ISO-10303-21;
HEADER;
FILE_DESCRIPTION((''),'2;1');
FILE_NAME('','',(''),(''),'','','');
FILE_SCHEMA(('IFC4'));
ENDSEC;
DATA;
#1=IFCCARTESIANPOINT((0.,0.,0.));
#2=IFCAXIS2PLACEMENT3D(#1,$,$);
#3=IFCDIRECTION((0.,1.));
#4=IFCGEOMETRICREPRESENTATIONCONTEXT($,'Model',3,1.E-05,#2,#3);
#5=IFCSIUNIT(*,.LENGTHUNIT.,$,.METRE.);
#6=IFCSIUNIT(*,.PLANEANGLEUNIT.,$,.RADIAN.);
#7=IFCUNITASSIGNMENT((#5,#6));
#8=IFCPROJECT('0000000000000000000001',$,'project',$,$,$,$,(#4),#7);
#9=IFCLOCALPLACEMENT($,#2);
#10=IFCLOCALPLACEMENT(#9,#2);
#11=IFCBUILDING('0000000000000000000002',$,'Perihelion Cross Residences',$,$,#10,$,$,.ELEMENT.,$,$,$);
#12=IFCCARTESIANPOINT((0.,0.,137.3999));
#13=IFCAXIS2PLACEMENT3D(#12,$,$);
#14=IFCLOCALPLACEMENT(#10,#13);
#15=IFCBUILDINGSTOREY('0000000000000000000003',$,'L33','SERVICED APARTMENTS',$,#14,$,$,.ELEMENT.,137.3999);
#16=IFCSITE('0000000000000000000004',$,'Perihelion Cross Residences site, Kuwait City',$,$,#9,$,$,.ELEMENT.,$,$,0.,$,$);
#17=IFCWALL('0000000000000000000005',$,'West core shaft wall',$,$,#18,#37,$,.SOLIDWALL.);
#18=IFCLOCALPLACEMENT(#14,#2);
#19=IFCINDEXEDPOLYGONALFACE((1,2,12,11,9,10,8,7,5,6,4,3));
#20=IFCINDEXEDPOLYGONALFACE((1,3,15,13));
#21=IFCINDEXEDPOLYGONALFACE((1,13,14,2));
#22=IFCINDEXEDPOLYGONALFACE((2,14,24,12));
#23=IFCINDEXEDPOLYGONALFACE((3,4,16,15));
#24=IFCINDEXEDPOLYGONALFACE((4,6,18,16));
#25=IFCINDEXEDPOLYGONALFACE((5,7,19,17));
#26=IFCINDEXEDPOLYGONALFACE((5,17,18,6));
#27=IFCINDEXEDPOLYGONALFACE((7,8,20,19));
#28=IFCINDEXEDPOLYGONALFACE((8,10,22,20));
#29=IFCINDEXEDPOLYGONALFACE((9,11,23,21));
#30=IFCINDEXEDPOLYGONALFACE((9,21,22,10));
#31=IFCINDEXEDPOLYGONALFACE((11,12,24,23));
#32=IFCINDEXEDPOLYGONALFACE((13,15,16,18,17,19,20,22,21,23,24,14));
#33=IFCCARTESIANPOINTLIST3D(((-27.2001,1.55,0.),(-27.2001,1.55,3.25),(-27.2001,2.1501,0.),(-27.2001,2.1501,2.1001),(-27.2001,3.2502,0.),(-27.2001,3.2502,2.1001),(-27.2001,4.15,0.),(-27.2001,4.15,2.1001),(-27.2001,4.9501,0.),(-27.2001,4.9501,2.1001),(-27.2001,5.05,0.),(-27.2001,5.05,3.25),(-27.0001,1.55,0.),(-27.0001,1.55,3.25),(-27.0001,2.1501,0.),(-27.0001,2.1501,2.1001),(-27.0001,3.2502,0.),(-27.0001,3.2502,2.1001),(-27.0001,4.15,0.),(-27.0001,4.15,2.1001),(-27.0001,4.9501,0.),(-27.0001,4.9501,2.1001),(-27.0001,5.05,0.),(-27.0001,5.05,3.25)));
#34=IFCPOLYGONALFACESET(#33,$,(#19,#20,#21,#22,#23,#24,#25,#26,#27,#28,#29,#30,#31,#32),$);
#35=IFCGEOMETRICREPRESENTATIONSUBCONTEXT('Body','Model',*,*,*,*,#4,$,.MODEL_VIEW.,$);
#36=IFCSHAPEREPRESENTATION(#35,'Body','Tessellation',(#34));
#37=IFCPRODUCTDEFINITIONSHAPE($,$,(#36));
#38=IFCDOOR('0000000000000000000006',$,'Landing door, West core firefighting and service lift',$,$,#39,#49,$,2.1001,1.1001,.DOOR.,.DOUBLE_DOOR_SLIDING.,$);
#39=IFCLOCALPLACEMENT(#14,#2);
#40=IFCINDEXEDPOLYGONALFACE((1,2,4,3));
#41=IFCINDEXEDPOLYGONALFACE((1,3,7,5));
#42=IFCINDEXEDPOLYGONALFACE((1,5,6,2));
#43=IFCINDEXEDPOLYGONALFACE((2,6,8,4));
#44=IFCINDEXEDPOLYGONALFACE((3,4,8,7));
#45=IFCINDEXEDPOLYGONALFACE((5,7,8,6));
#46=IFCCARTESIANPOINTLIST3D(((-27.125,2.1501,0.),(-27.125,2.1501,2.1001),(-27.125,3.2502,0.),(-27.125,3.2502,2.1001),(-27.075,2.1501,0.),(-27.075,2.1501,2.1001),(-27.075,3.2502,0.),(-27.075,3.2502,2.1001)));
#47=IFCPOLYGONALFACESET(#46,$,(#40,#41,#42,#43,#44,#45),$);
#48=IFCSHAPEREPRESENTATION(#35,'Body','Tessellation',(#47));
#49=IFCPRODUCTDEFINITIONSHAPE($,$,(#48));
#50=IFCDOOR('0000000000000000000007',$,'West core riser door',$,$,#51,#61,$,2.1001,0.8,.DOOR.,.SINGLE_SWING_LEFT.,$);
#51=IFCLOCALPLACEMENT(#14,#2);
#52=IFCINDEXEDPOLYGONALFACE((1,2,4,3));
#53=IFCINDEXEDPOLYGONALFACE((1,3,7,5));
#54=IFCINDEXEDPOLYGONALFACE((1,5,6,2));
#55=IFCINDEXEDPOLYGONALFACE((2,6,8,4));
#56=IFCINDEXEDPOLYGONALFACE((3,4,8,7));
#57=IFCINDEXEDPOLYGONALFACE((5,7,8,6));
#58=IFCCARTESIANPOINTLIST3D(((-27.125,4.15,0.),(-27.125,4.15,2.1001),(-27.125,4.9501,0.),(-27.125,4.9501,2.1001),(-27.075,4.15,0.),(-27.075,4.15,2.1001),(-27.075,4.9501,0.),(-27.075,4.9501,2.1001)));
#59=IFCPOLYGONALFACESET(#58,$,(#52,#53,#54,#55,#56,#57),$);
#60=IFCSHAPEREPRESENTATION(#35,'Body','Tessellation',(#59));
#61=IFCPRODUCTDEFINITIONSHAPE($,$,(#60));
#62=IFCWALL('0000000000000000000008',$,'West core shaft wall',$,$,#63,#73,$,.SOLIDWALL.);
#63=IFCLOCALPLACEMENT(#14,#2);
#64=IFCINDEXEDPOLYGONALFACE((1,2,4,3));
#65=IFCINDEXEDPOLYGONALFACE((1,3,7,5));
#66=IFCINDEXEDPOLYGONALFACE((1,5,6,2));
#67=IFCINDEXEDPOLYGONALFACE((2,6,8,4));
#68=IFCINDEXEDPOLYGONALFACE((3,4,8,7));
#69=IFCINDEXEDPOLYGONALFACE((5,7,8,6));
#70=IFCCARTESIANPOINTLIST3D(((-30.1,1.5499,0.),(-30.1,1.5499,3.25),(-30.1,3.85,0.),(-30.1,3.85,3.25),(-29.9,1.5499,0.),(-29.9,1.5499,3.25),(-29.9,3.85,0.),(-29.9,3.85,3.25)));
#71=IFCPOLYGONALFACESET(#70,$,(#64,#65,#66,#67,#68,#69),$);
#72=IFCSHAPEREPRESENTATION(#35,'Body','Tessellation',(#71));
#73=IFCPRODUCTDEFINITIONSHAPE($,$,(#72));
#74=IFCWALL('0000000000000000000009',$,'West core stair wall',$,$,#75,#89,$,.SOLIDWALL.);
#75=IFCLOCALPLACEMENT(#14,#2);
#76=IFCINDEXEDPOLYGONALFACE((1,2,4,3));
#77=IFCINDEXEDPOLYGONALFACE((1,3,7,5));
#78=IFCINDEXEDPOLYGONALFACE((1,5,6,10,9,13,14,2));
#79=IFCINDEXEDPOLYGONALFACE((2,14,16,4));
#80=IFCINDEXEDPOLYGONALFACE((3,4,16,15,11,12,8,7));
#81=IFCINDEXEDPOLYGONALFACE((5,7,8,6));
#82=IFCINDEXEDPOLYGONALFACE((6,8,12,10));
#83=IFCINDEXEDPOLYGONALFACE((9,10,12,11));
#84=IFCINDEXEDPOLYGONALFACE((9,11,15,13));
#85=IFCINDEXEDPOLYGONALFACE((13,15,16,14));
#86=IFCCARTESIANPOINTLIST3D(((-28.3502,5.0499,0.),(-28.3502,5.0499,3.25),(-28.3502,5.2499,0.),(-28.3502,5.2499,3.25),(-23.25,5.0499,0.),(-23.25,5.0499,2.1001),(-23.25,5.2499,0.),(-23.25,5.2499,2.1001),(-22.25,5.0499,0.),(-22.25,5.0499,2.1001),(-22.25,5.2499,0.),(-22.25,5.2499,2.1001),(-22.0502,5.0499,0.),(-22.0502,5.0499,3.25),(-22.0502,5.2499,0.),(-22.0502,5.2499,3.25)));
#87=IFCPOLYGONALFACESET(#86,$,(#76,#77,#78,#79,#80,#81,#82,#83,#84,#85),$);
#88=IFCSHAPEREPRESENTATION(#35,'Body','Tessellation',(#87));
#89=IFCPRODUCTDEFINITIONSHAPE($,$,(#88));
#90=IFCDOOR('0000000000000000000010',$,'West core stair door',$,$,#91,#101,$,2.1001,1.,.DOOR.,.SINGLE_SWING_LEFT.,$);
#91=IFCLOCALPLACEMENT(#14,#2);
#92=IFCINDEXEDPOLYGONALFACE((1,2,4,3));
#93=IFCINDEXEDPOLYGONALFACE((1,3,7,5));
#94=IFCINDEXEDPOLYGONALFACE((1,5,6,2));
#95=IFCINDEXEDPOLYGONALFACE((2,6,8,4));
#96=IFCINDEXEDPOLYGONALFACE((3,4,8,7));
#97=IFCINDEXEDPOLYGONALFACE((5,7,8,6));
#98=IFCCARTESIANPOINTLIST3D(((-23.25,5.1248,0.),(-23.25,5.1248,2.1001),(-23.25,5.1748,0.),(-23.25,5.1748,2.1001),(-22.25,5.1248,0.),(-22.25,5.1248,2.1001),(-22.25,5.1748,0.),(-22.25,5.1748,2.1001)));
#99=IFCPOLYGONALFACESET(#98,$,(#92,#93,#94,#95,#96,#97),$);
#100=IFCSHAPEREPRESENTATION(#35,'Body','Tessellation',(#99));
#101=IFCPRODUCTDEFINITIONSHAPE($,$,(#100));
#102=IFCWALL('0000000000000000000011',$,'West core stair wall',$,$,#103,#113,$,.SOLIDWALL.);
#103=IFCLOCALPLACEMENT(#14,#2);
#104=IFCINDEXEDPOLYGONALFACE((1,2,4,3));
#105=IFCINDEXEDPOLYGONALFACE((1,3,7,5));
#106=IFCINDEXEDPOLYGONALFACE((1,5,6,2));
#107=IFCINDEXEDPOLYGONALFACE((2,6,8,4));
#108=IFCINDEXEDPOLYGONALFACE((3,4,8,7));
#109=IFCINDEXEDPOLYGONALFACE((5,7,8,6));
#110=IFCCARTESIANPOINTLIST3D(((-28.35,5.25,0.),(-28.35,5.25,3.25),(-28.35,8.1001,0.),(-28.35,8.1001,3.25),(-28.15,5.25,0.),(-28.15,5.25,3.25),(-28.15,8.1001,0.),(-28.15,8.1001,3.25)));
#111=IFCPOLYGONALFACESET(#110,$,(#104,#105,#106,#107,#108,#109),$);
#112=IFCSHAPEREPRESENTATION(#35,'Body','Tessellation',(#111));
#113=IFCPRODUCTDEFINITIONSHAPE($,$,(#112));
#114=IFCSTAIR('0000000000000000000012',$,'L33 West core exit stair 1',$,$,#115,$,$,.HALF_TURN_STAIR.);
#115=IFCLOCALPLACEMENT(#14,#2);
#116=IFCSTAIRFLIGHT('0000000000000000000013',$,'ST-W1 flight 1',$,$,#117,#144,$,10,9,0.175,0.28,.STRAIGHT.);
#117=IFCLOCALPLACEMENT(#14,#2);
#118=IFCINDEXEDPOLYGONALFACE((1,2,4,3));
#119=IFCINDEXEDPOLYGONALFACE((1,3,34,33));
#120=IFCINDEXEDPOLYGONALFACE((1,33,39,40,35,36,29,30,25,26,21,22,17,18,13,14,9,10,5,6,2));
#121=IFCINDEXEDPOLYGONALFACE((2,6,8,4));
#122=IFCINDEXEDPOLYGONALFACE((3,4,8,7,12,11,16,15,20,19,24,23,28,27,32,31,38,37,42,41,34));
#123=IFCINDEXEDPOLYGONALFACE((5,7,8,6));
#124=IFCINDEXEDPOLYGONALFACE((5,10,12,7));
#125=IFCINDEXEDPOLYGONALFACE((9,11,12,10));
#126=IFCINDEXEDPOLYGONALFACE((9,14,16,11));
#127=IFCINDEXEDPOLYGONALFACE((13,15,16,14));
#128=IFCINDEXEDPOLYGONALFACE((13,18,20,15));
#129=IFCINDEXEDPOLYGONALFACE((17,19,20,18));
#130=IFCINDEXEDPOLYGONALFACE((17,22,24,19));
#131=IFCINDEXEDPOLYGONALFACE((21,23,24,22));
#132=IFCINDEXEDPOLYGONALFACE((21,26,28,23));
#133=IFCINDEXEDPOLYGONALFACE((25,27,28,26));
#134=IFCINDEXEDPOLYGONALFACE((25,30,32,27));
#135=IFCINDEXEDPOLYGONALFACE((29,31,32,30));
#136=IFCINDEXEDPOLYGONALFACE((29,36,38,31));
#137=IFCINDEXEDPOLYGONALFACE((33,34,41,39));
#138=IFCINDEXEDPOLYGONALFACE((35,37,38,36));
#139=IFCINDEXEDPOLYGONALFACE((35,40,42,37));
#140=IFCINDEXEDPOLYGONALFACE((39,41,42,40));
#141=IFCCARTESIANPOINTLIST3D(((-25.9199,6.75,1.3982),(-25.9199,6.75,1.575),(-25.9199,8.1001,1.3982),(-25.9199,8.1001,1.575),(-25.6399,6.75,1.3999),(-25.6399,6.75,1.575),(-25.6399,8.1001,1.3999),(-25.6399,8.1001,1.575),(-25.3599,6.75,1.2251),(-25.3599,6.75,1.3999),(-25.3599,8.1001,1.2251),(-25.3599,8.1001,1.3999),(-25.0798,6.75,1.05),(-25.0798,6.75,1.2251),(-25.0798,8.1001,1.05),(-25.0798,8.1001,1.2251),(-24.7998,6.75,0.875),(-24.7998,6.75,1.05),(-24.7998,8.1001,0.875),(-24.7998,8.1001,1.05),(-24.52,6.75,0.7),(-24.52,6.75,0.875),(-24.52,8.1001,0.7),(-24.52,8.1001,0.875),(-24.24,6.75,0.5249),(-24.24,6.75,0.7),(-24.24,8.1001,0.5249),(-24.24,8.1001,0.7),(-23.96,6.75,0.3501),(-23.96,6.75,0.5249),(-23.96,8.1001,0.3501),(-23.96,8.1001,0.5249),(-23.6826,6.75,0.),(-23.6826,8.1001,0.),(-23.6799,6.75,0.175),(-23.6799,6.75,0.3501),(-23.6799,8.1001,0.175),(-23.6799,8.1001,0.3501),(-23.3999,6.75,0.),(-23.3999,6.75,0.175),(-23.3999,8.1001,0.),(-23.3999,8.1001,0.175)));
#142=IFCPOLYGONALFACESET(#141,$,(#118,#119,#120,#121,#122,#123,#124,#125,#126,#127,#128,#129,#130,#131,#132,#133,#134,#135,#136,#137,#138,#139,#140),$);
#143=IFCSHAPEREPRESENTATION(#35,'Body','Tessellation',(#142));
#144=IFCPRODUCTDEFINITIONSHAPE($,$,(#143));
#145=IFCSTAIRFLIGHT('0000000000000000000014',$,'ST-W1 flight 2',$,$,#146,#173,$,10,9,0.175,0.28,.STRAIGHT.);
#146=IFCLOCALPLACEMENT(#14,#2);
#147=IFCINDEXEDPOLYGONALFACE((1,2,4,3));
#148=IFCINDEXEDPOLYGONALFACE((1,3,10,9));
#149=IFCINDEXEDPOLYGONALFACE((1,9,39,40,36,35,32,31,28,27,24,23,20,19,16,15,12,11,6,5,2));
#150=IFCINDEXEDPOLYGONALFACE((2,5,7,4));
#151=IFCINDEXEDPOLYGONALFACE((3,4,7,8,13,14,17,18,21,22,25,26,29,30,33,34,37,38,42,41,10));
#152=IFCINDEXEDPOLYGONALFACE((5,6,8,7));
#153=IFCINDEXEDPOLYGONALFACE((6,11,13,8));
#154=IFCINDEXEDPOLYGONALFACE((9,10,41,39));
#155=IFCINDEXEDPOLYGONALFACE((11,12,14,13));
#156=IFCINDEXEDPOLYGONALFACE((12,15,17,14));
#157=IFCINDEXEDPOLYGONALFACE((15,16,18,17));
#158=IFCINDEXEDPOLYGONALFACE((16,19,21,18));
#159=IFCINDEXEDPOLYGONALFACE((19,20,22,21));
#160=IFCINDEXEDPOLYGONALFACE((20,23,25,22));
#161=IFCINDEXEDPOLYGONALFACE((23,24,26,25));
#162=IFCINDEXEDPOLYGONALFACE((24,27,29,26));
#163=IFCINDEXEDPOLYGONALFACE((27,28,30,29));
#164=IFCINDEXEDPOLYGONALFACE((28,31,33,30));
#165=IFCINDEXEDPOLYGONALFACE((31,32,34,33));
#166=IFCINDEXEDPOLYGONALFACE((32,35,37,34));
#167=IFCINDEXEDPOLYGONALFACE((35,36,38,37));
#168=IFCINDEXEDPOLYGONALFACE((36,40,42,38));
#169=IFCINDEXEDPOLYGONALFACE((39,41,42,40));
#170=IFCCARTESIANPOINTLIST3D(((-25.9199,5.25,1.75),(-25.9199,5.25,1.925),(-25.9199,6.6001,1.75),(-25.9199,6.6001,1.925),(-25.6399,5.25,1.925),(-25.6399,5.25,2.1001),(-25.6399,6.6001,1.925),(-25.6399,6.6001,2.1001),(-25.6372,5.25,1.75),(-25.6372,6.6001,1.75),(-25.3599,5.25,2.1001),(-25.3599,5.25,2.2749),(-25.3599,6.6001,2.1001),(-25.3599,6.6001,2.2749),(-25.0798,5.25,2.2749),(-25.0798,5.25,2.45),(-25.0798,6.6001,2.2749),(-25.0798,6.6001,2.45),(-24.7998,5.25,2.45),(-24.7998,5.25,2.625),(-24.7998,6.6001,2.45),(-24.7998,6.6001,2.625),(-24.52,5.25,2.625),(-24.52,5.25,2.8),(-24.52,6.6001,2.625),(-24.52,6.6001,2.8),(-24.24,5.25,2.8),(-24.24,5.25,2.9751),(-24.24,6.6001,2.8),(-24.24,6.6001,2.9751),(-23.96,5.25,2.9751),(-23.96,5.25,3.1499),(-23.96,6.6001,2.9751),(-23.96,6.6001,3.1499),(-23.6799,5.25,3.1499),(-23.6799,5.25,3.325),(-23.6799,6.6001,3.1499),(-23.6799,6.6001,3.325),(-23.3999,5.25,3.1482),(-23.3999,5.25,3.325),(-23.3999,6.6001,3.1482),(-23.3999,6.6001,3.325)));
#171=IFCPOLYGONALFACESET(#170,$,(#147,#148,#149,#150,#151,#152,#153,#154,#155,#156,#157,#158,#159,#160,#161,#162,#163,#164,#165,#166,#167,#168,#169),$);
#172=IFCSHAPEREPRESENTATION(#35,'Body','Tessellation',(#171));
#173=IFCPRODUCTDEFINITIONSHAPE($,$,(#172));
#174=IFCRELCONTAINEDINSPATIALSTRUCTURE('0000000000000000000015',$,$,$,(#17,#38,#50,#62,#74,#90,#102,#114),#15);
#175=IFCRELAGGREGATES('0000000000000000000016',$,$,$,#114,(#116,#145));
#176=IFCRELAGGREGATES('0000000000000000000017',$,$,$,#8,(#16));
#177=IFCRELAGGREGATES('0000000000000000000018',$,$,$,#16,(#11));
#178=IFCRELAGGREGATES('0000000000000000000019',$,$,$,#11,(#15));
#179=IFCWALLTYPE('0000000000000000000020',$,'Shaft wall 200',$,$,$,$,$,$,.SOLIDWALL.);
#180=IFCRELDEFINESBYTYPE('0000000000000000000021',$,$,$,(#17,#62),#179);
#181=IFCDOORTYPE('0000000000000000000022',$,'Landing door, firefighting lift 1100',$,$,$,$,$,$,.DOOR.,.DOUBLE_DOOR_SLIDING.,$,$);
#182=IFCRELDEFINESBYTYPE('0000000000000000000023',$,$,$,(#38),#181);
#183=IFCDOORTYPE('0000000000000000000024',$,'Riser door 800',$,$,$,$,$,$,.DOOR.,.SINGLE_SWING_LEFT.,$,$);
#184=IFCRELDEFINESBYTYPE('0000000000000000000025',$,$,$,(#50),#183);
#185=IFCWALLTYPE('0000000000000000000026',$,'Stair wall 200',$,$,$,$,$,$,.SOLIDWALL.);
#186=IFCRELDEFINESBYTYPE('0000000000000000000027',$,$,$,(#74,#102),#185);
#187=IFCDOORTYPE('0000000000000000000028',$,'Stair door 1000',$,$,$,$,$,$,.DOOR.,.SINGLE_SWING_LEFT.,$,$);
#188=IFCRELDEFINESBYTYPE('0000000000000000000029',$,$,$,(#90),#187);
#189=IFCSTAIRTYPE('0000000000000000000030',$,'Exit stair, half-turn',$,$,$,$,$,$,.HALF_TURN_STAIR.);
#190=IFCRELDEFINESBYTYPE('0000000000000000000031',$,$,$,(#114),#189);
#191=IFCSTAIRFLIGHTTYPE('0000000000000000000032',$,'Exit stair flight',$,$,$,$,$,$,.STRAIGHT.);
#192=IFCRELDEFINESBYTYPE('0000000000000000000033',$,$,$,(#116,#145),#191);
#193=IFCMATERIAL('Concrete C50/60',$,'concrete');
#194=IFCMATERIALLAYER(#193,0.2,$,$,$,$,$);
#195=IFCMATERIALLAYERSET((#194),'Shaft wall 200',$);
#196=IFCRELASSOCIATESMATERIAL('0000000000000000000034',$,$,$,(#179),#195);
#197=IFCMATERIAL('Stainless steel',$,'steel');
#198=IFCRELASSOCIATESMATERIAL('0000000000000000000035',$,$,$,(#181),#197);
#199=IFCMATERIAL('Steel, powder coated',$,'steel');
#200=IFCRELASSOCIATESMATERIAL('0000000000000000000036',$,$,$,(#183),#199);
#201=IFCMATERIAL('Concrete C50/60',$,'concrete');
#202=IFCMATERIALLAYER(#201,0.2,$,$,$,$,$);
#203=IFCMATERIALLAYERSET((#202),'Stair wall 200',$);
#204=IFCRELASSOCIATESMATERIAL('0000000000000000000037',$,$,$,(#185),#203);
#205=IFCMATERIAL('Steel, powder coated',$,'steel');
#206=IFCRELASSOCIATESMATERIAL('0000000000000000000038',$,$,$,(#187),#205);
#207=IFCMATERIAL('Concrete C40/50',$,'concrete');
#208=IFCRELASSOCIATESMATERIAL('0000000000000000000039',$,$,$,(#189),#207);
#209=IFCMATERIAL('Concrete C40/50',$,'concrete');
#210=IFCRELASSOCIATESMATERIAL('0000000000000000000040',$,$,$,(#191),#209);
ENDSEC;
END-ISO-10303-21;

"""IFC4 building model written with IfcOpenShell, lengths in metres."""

from ifc_helpers import new_model, si_unit, direction, frame, frame_2d, origin, place, context, subcontext, project, spatial, polyline, rectangle, outline, extrude, material, layer, layer_set, type_object, element, fill, aggregate, save


model = new_model("IFC4")

# Units and contexts
model_context = context("Model", 3, precision=1e-05, world=origin(), true_north=direction((0.0, 1.0)))
body_context = subcontext(model_context, "Body", "Model", "MODEL_VIEW")
ifc_project = project(units=[si_unit("LENGTHUNIT", "METRE"), si_unit("PLANEANGLEUNIT", "RADIAN")], contexts=[model_context])

# Site, building, storey
site_placement = place(None, origin())
site = spatial("IfcSite", under=ifc_project, at=site_placement, Name="Perihelion Cross Residences site, Kuwait City", CompositionType="ELEMENT", RefElevation=0.0)
building_placement = place(site_placement, origin())
building = spatial("IfcBuilding", under=site, at=building_placement, Name="Perihelion Cross Residences", CompositionType="ELEMENT")
storey_placement = place(building_placement, frame((0.0, 0.0, 137.3999)))
storey = spatial("IfcBuildingStorey", under=building, at=storey_placement, Name="L33", Description="SERVICED APARTMENTS", CompositionType="ELEMENT", Elevation=137.3999)

# Shared definitions
ifc_material_1 = material(Name="Concrete C50/60", Category="concrete")
ifc_layer_1 = layer(ifc_material_1, 0.2)
ifc_layer_set_1 = layer_set([ifc_layer_1], Name="Shaft wall 200")
wall_type_1 = type_object("IfcWallType", Name="Shaft wall 200", PredefinedType="SOLIDWALL", material=ifc_layer_set_1)

# Wall, openings, doors
wall_1_placement = place(storey_placement, frame((-27.1001, 1.55, 0.0), z_axis=(0.0, 0.0, 1.0), x_axis=(0.0, 1.0, 0.0)))
wall_1 = element("IfcWall", 1, at=wall_1_placement, inside=storey, type_object=wall_type_1, Name="West core shaft wall", PredefinedType="SOLIDWALL", context=body_context, shape_type="SweptSolid", body=[
    extrude(rectangle(XDim=3.5, YDim=0.2, at=frame_2d((1.75, 0.0))), origin(), (0.0, 0.0, 1.0), 3.25),
])
opening_1_placement = place(wall_1_placement, frame((0.6001, 0.0, 0.0)))
opening_1 = element("IfcOpeningElement", 2, at=opening_1_placement, cuts=wall_1, PredefinedType="OPENING", context=body_context, shape_type="SweptSolid", body=[
    extrude(rectangle(XDim=1.1001, YDim=2.1001, at=frame_2d((0.55, 1.05))), frame((0.0, 0.1099, 0.0), z_axis=(0.0, -1.0, 0.0), x_axis=(1.0, 0.0, 0.0)), (0.0, 0.0, 1.0), 0.22),
])
opening_2_placement = place(wall_1_placement, frame((2.6001, 0.0, 0.0)))
opening_2 = element("IfcOpeningElement", 3, at=opening_2_placement, cuts=wall_1, PredefinedType="OPENING", context=body_context, shape_type="SweptSolid", body=[
    extrude(rectangle(XDim=0.8, YDim=2.1001, at=frame_2d((0.3999, 1.05))), frame((0.0, 0.1099, 0.0), z_axis=(0.0, -1.0, 0.0), x_axis=(1.0, 0.0, 0.0)), (0.0, 0.0, 1.0), 0.22),
])
ifc_material_2 = material(Name="Stainless steel", Category="steel")
door_type_1 = type_object("IfcDoorType", Name="Landing door, firefighting lift 1100", OperationType="DOUBLE_DOOR_SLIDING", PredefinedType="DOOR", material=ifc_material_2)
door_1_placement = place(opening_1_placement, origin())
door_1 = element("IfcDoor", 4, at=door_1_placement, inside=storey, type_object=door_type_1, Name="Landing door, West core firefighting and service lift", OperationType="DOUBLE_DOOR_SLIDING", OverallHeight=2.1001, OverallWidth=1.1001, PredefinedType="DOOR", context=body_context, shape_type="SweptSolid", body=[
    extrude(rectangle(XDim=1.1001, YDim=2.1001, at=frame_2d((0.55, 1.05))), frame((0.0, 0.0249, 0.0), z_axis=(0.0, -1.0, 0.0), x_axis=(1.0, 0.0, 0.0)), (0.0, 0.0, 1.0), 0.05),
])
fill(opening_1, door_1)
ifc_material_3 = material(Name="Steel, powder coated", Category="steel")
door_type_2 = type_object("IfcDoorType", Name="Riser door 800", OperationType="SINGLE_SWING_LEFT", PredefinedType="DOOR", material=ifc_material_3)
door_2_placement = place(opening_2_placement, origin())
door_2 = element("IfcDoor", 5, at=door_2_placement, inside=storey, type_object=door_type_2, Name="West core riser door", OperationType="SINGLE_SWING_LEFT", OverallHeight=2.1001, OverallWidth=0.8, PredefinedType="DOOR", context=body_context, shape_type="SweptSolid", body=[
    extrude(rectangle(XDim=0.8, YDim=2.1001, at=frame_2d((0.3999, 1.05))), frame((0.0, 0.0249, 0.0), z_axis=(0.0, -1.0, 0.0), x_axis=(1.0, 0.0, 0.0)), (0.0, 0.0, 1.0), 0.05),
])
fill(opening_2, door_2)

# Wall
wall_2_placement = place(storey_placement, frame((-30.0, 1.55, 0.0), z_axis=(0.0, 0.0, 1.0), x_axis=(0.0, 1.0, 0.0)))
element("IfcWall", 6, at=wall_2_placement, inside=storey, type_object=wall_type_1, Name="West core shaft wall", PredefinedType="SOLIDWALL", context=body_context, shape_type="SweptSolid", body=[
    extrude(rectangle(XDim=2.3, YDim=0.2, at=frame_2d((1.1499, 0.0))), origin(), (0.0, 0.0, 1.0), 3.25),
])

# Wall, opening, door
ifc_material_4 = material(Name="Concrete C50/60", Category="concrete")
ifc_layer_2 = layer(ifc_material_4, 0.2)
ifc_layer_set_2 = layer_set([ifc_layer_2], Name="Stair wall 200")
wall_type_2 = type_object("IfcWallType", Name="Stair wall 200", PredefinedType="SOLIDWALL", material=ifc_layer_set_2)
wall_3_placement = place(storey_placement, frame((-28.3501, 5.1499, 0.0), z_axis=(0.0, 0.0, 1.0), x_axis=(1.0, 0.0, 0.0)))
wall_3 = element("IfcWall", 7, at=wall_3_placement, inside=storey, type_object=wall_type_2, Name="West core stair wall", PredefinedType="SOLIDWALL", context=body_context, shape_type="SweptSolid", body=[
    extrude(rectangle(XDim=6.3, YDim=0.2, at=frame_2d((3.1499, 0.0))), origin(), (0.0, 0.0, 1.0), 3.25),
])
opening_3_placement = place(wall_3_placement, frame((5.1001, 0.0, 0.0)))
opening_3 = element("IfcOpeningElement", 8, at=opening_3_placement, cuts=wall_3, PredefinedType="OPENING", context=body_context, shape_type="SweptSolid", body=[
    extrude(rectangle(XDim=1.0, YDim=2.1001, at=frame_2d((0.5, 1.05))), frame((0.0, 0.1099, 0.0), z_axis=(0.0, -1.0, 0.0), x_axis=(1.0, 0.0, 0.0)), (0.0, 0.0, 1.0), 0.22),
])
ifc_material_5 = material(Name="Steel, powder coated", Category="steel")
door_type_3 = type_object("IfcDoorType", Name="Stair door 1000", OperationType="SINGLE_SWING_LEFT", PredefinedType="DOOR", material=ifc_material_5)
door_3_placement = place(opening_3_placement, origin())
door_3 = element("IfcDoor", 9, at=door_3_placement, inside=storey, type_object=door_type_3, Name="West core stair door", OperationType="SINGLE_SWING_LEFT", OverallHeight=2.1001, OverallWidth=1.0, PredefinedType="DOOR", context=body_context, shape_type="SweptSolid", body=[
    extrude(rectangle(XDim=1.0, YDim=2.1001, at=frame_2d((0.5, 1.05))), frame((0.0, 0.0249, 0.0), z_axis=(0.0, -1.0, 0.0), x_axis=(1.0, 0.0, 0.0)), (0.0, 0.0, 1.0), 0.05),
])
fill(opening_3, door_3)

# Wall
wall_4_placement = place(storey_placement, frame((-28.25, 5.25, 0.0), z_axis=(0.0, 0.0, 1.0), x_axis=(0.0, 1.0, 0.0)))
element("IfcWall", 10, at=wall_4_placement, inside=storey, type_object=wall_type_2, Name="West core stair wall", PredefinedType="SOLIDWALL", context=body_context, shape_type="SweptSolid", body=[
    extrude(rectangle(XDim=2.8501, YDim=0.2, at=frame_2d((1.425, 0.0))), origin(), (0.0, 0.0, 1.0), 3.25),
])

# Stair, stair flights
ifc_material_6 = material(Name="Concrete C40/50", Category="concrete")
stair_type = type_object("IfcStairType", Name="Exit stair, half-turn", PredefinedType="HALF_TURN_STAIR", material=ifc_material_6)
stair_placement = place(storey_placement, origin())
stair = element("IfcStair", 11, at=stair_placement, inside=storey, type_object=stair_type, Name="L33 West core exit stair 1", PredefinedType="HALF_TURN_STAIR")
ifc_material_7 = material(Name="Concrete C40/50", Category="concrete")
stair_flight_type = type_object("IfcStairFlightType", Name="Exit stair flight", PredefinedType="STRAIGHT", material=ifc_material_7)
stair_flight_1_placement = place(storey_placement, frame((-23.3999, 7.425, 0.0), z_axis=(0.0, 0.0, 1.0), x_axis=(-1.0, 0.0, 0.0)))
stair_flight_1 = element("IfcStairFlight", 12, at=stair_flight_1_placement, type_object=stair_flight_type, Name="ST-W1 flight 1", NumberOfRisers=10, NumberOfTreads=9, PredefinedType="STRAIGHT", RiserHeight=0.175, TreadLength=0.28, context=body_context, shape_type="SweptSolid", body=[
    extrude(outline(polyline([(0.0, 0.0), (0.0, 0.175), (0.28, 0.175), (0.28, 0.3501), (0.5601, 0.3501), (0.5601, 0.5249), (0.8401, 0.5249), (0.8401, 0.7), (1.1201, 0.7), (1.1201, 0.875), (1.3999, 0.875), (1.3999, 1.05), (1.6799, 1.05), (1.6799, 1.2251), (1.96, 1.2251), (1.96, 1.3999), (2.24, 1.3999), (2.24, 1.575), (2.52, 1.575), (2.52, 1.75), (2.52, 1.3982), (0.2827, 0.0), (0.0, 0.0)])), frame((0.0, 0.675, 0.0), z_axis=(0.0, -1.0, 0.0), x_axis=(1.0, 0.0, 0.0)), (0.0, 0.0, 1.0), 1.3501),
])
stair_flight_2_placement = place(storey_placement, frame((-25.9199, 5.925, 1.75), z_axis=(0.0, 0.0, 1.0), x_axis=(1.0, 0.0, 0.0)))
stair_flight_2 = element("IfcStairFlight", 13, at=stair_flight_2_placement, type_object=stair_flight_type, Name="ST-W1 flight 2", NumberOfRisers=10, NumberOfTreads=9, PredefinedType="STRAIGHT", RiserHeight=0.175, TreadLength=0.28, context=body_context, shape_type="SweptSolid", body=[
    extrude(outline(polyline([(0.0, 0.0), (0.0, 0.175), (0.28, 0.175), (0.28, 0.3501), (0.5601, 0.3501), (0.5601, 0.5249), (0.8401, 0.5249), (0.8401, 0.7), (1.1201, 0.7), (1.1201, 0.875), (1.3999, 0.875), (1.3999, 1.05), (1.6799, 1.05), (1.6799, 1.2251), (1.96, 1.2251), (1.96, 1.3999), (2.24, 1.3999), (2.24, 1.575), (2.52, 1.575), (2.52, 1.75), (2.52, 1.3982), (0.2827, 0.0), (0.0, 0.0)])), frame((0.0, 0.675, 0.0), z_axis=(0.0, -1.0, 0.0), x_axis=(1.0, 0.0, 0.0)), (0.0, 0.0, 1.0), 1.3501),
])
aggregate(stair, [stair_flight_1, stair_flight_2])

save(model, "model.ifc")
